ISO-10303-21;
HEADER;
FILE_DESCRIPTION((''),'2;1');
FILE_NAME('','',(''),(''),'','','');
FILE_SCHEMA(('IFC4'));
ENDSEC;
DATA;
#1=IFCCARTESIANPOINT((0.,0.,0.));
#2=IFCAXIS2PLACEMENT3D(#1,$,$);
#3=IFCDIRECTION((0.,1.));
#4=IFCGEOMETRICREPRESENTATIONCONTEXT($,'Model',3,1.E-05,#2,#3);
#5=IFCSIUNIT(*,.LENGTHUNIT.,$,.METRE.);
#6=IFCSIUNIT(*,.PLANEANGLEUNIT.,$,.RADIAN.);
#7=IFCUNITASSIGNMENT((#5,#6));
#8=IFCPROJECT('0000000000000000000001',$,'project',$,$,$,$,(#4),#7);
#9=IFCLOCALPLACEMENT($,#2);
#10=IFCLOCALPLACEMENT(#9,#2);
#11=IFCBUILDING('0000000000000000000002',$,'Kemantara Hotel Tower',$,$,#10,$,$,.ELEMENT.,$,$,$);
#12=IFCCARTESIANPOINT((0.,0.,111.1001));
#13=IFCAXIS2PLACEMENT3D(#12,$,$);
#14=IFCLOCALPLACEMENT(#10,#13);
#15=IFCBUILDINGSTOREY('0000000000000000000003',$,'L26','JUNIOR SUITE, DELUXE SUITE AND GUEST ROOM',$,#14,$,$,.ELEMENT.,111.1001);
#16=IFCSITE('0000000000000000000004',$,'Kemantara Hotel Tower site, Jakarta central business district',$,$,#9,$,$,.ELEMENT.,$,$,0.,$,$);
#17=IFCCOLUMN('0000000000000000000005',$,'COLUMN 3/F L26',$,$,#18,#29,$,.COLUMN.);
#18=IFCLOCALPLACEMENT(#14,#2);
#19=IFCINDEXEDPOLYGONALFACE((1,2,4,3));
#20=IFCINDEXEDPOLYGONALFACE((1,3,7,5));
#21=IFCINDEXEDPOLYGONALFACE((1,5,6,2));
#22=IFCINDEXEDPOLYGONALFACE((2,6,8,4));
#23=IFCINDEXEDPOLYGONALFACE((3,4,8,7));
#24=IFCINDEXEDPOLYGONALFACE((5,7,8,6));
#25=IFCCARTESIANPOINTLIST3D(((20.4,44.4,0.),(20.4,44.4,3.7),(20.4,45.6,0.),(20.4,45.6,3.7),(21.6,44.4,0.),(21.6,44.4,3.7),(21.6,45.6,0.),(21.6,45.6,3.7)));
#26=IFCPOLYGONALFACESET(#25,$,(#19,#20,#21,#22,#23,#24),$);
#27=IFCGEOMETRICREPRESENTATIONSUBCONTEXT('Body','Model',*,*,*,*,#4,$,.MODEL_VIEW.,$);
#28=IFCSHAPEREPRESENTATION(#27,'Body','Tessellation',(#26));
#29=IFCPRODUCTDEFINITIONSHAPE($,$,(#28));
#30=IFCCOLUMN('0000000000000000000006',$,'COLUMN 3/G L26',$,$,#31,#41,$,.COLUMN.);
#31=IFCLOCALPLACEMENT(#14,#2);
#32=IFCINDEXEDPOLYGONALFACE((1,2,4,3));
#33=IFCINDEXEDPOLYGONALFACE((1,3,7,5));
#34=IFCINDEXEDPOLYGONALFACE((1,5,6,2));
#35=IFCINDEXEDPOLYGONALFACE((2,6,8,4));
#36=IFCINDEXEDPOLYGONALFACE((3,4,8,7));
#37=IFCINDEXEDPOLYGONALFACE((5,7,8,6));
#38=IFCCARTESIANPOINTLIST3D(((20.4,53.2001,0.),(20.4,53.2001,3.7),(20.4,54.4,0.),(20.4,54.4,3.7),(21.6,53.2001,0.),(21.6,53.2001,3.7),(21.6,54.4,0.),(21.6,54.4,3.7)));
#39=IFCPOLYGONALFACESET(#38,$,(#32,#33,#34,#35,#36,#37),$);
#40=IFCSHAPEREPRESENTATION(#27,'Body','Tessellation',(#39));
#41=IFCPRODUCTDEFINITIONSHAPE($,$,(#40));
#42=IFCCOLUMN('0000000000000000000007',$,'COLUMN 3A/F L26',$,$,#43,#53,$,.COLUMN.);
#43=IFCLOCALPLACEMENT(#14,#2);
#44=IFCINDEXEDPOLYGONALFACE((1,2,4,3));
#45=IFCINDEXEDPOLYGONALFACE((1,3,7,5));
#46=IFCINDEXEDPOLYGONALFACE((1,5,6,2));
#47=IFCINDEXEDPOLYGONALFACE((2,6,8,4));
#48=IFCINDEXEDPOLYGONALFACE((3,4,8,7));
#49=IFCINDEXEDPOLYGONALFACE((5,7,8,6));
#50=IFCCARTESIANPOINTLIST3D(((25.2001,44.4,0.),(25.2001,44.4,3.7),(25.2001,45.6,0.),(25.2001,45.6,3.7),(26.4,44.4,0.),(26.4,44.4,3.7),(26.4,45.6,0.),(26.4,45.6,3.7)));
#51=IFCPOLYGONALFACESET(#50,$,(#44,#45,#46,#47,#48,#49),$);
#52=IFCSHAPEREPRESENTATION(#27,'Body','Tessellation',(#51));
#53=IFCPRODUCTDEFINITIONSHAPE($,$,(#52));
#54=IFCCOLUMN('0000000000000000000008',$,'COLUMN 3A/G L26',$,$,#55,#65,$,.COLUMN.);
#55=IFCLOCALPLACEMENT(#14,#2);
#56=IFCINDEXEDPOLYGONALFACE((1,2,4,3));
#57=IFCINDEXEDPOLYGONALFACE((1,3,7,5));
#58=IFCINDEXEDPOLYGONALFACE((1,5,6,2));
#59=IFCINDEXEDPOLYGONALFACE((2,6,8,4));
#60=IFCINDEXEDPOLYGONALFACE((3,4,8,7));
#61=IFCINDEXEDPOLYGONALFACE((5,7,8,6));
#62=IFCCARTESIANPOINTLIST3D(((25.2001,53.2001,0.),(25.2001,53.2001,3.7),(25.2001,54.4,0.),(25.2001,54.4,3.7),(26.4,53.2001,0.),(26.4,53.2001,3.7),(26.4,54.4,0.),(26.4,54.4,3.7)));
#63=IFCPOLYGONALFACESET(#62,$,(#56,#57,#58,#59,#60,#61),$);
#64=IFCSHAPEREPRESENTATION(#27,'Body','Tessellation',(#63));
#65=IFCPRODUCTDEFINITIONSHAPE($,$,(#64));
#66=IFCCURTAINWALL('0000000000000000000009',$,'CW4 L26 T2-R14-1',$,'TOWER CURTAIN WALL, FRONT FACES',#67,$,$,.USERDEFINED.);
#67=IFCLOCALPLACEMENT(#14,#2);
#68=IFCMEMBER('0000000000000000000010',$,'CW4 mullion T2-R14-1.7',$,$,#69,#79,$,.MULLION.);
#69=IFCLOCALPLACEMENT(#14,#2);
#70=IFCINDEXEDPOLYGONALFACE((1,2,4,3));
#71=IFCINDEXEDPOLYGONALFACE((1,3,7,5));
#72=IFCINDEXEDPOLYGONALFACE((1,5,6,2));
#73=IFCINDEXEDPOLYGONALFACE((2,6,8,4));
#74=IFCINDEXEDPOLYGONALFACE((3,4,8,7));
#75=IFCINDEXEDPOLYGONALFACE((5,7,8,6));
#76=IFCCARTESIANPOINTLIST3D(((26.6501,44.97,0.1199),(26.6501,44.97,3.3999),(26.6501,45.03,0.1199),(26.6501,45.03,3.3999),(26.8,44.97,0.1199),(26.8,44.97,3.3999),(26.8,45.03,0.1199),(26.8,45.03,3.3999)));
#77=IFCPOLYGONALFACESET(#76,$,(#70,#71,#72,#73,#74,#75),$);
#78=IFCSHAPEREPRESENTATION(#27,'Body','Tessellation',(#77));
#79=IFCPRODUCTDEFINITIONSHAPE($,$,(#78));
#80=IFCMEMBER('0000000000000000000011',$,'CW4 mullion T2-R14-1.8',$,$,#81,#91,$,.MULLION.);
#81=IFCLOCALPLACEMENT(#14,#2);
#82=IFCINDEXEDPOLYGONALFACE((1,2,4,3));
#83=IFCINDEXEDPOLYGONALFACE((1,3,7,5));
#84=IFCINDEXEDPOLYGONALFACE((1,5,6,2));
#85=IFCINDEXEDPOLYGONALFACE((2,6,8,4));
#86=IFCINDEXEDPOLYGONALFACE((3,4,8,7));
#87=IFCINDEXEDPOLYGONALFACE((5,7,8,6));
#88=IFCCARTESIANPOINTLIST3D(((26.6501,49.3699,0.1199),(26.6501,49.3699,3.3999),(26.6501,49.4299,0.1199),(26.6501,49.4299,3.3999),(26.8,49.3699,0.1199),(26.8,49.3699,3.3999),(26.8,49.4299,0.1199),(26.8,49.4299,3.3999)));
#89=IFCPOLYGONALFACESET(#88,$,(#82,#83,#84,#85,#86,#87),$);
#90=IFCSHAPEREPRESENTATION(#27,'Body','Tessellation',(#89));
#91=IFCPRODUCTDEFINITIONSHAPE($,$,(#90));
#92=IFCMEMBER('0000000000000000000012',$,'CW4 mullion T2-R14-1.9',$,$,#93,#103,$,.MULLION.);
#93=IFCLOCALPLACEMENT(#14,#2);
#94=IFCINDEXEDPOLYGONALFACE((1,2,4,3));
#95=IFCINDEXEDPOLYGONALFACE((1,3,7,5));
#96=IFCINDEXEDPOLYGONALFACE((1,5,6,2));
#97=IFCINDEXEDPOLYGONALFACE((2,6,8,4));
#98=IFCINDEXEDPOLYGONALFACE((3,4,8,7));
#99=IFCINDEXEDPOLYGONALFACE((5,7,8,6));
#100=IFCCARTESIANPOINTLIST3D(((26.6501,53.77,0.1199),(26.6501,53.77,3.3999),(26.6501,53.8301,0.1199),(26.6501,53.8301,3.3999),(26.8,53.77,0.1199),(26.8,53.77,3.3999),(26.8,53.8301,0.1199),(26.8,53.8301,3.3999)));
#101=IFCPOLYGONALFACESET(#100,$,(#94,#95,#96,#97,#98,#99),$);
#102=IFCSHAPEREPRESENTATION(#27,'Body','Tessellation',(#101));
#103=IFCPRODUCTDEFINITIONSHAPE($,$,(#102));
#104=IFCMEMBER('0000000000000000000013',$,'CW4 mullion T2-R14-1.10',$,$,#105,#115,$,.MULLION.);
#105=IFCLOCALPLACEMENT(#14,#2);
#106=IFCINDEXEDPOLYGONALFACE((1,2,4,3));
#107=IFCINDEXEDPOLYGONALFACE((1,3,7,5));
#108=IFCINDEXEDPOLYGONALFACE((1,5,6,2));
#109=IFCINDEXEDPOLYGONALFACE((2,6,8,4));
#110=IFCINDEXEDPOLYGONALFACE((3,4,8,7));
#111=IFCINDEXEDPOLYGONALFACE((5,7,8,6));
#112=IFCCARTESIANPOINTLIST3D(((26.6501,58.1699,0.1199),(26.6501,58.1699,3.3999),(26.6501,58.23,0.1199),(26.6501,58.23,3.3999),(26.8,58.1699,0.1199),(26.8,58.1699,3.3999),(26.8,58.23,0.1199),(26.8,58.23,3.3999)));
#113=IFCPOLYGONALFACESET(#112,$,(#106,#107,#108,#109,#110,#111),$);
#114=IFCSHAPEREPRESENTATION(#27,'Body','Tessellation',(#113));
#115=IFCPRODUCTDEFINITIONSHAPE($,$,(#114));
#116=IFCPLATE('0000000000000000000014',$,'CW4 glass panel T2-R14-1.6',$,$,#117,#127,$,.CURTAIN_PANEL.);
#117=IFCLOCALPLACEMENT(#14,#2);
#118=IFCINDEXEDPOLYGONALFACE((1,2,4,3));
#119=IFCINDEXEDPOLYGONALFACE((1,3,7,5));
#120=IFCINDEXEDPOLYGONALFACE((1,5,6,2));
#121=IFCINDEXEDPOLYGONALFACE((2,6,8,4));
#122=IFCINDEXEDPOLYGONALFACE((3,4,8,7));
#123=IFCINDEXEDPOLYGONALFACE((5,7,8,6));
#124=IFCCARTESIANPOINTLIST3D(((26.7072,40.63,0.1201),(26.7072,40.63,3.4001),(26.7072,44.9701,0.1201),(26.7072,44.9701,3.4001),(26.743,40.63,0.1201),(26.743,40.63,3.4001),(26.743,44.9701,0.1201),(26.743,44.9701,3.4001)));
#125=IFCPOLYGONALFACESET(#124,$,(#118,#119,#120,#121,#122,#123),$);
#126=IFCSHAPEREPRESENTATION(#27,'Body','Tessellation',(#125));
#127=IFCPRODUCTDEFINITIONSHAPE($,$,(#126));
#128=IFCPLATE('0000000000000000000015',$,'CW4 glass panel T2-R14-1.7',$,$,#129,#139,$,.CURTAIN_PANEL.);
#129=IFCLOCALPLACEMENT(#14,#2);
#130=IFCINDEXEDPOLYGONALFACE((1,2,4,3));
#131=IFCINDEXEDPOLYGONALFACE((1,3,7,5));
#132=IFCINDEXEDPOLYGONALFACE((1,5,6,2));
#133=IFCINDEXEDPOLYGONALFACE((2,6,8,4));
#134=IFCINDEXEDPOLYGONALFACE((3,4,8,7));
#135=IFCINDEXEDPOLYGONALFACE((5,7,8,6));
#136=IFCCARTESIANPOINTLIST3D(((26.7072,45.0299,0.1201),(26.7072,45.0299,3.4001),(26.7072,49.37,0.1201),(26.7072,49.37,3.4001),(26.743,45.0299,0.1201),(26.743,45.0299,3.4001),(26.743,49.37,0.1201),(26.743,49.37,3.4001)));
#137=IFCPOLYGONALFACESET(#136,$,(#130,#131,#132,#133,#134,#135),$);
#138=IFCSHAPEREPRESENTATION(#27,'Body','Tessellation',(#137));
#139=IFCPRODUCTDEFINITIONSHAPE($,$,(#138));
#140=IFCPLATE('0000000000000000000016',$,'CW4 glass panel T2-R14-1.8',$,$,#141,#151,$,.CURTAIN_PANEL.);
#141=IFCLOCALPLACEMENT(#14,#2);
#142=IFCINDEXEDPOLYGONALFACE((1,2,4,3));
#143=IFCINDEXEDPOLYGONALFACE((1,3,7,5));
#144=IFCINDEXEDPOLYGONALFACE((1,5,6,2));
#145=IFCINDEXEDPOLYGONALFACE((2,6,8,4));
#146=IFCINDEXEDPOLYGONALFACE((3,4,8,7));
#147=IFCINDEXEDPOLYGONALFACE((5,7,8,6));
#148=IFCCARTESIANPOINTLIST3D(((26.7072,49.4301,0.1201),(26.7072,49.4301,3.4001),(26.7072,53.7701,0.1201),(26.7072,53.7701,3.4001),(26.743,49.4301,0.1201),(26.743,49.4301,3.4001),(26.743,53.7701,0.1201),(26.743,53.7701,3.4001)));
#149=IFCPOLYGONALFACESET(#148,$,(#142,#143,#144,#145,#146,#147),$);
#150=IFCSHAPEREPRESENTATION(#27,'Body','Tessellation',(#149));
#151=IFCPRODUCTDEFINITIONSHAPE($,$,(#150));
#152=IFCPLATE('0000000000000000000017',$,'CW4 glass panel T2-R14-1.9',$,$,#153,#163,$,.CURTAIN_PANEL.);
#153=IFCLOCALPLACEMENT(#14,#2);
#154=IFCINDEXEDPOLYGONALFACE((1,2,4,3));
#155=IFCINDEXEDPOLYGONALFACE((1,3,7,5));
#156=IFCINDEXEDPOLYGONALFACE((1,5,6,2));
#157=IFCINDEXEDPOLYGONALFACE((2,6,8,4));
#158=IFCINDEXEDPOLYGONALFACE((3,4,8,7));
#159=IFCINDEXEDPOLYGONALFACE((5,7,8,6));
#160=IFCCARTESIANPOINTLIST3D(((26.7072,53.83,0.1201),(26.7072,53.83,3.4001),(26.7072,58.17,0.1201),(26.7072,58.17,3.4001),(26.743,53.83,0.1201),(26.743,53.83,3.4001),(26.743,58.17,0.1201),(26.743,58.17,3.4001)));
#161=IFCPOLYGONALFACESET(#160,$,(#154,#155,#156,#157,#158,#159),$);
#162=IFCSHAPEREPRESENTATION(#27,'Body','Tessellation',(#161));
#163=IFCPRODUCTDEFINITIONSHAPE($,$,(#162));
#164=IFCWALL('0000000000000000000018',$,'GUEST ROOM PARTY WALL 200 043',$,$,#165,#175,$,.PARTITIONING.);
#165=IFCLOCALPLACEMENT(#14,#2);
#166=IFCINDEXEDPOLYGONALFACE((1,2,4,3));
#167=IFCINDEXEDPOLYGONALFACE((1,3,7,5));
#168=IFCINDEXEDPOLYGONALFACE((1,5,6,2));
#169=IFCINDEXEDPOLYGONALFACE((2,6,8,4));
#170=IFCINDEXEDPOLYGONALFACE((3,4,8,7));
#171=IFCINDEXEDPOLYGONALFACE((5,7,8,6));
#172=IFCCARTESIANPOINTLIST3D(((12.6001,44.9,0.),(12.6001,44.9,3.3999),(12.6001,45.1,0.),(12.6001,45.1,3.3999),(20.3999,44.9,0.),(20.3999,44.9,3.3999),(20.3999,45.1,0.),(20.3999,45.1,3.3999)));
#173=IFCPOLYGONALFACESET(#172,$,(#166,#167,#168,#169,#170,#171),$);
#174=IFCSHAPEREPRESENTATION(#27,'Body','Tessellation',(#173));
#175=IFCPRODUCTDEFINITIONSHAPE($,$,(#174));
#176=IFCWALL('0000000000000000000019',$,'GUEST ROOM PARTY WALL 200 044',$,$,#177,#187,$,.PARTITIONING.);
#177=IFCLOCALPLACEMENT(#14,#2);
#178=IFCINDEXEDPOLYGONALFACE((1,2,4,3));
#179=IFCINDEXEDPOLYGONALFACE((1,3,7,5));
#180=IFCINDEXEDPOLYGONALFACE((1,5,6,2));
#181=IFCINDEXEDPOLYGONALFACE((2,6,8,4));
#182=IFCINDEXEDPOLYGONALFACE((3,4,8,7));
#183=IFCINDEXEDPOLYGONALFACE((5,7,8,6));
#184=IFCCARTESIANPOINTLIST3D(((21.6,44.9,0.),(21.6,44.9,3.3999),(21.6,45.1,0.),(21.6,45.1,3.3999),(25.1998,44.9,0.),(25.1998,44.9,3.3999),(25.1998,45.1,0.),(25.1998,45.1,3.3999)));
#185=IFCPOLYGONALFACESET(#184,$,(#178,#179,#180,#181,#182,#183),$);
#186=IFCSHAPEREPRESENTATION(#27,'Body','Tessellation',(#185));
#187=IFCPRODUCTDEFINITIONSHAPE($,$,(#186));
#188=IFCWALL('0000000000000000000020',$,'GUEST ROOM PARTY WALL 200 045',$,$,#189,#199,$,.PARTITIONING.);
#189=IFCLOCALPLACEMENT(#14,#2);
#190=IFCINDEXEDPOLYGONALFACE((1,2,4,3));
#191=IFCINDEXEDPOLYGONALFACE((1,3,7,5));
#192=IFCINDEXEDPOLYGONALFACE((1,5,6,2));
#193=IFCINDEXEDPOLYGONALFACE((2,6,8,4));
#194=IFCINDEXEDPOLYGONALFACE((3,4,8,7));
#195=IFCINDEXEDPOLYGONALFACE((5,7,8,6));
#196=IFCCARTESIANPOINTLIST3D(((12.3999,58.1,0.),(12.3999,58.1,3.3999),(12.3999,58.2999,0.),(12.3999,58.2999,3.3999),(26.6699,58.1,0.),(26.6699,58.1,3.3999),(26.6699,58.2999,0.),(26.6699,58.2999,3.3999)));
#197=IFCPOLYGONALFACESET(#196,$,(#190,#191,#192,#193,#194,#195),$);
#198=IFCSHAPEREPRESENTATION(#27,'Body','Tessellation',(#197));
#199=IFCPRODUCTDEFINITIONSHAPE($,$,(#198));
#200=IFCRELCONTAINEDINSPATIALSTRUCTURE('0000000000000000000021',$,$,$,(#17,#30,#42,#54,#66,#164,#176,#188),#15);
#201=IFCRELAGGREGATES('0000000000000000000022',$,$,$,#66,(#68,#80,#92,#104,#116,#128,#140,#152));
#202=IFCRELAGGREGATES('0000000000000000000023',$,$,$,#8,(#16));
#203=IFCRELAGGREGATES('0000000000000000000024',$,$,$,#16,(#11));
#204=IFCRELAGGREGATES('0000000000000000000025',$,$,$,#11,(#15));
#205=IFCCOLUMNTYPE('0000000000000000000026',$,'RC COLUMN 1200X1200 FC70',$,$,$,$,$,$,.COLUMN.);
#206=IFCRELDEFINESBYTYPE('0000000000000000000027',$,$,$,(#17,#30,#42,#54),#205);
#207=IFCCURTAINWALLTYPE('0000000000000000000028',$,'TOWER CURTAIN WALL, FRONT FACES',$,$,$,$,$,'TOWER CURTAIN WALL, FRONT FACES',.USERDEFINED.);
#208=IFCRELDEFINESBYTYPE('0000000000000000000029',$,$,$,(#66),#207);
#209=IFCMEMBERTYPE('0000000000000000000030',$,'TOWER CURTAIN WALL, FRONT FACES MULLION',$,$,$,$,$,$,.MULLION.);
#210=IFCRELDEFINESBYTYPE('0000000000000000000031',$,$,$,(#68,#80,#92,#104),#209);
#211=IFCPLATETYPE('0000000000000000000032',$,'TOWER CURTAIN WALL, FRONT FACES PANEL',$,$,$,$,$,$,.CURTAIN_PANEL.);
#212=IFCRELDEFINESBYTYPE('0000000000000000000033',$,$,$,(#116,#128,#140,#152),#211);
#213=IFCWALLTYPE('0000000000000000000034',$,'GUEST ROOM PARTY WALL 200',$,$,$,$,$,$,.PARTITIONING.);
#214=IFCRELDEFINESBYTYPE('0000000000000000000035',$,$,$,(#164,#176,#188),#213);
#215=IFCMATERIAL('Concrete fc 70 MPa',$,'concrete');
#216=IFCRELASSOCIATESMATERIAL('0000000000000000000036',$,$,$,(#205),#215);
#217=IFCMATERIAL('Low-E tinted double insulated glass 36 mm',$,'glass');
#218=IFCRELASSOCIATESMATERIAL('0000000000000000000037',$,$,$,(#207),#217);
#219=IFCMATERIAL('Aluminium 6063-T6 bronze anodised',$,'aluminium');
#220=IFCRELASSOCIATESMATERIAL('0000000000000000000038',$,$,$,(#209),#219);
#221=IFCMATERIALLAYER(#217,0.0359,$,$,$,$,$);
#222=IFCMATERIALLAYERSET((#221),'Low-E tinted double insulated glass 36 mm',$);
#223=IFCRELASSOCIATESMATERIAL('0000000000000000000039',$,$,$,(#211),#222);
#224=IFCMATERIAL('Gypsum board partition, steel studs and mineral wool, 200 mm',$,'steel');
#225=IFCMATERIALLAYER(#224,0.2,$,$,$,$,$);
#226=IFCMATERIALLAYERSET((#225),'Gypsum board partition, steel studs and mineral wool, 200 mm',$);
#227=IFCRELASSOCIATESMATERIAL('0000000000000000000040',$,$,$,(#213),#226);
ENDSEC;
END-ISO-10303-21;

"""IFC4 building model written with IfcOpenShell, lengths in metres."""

from ifc_helpers import new_model, si_unit, direction, frame, frame_2d, origin, origin_2d, place, context, subcontext, project, spatial, rectangle, extrude, source, transform, mapped, material, layer, layer_set, material_profile, profile_set, type_object, element, aggregate, save


model = new_model("IFC4")

# Units and contexts
model_context = context("Model", 3, precision=1e-05, world=origin(), true_north=direction((0.0, 1.0)))
body_context = subcontext(model_context, "Body", "Model", "MODEL_VIEW")
ifc_project = project(units=[si_unit("LENGTHUNIT", "METRE"), si_unit("PLANEANGLEUNIT", "RADIAN")], contexts=[model_context])

# Site, building, storey
site_placement = place(None, origin())
site = spatial("IfcSite", under=ifc_project, at=site_placement, Name="Kemantara Hotel Tower site, Jakarta central business district", CompositionType="ELEMENT", RefElevation=0.0)
building_placement = place(site_placement, origin())
building = spatial("IfcBuilding", under=site, at=building_placement, Name="Kemantara Hotel Tower", CompositionType="ELEMENT")
storey_placement = place(building_placement, frame((0.0, 0.0, 111.1001)))
storey = spatial("IfcBuildingStorey", under=building, at=storey_placement, Name="L26", Description="JUNIOR SUITE, DELUXE SUITE AND GUEST ROOM", CompositionType="ELEMENT", Elevation=111.1001)

# Columns
ifc_material_1 = material(Name="Concrete fc 70 MPa", Category="concrete")
ifc_material_profile_1 = material_profile(ifc_material_1, rectangle(XDim=1.2, YDim=1.2, at=origin_2d()), Name="RC 1200X1200")
ifc_profile_set_1 = profile_set([ifc_material_profile_1], Name="Concrete fc 70 MPa")
column_type = type_object("IfcColumnType", Name="RC COLUMN 1200X1200 FC70", PredefinedType="COLUMN", material=ifc_profile_set_1)
for number, where, z_axis, x_axis, name in (
    (1, (21.0, 45.0, 0.0), (0.0, 0.0, 1.0), (1.0, 0.0, 0.0), "COLUMN 3/F L26"),
    (2, (21.0, 53.8, 0.0), (0.0, 0.0, 1.0), (1.0, 0.0, 0.0), "COLUMN 3/G L26"),
    (3, (25.8, 45.0, 0.0), (0.0, 0.0, 1.0), (1.0, 0.0, 0.0), "COLUMN 3A/F L26"),
    (4, (25.8, 53.8, 0.0), (0.0, 0.0, 1.0), (1.0, 0.0, 0.0), "COLUMN 3A/G L26"),
):
    element("IfcColumn", number, at=place(storey_placement, frame(where, z_axis=z_axis, x_axis=x_axis)), inside=storey, type_object=column_type, Name=name, PredefinedType="COLUMN", context=body_context, shape_type="SweptSolid", body=[
        extrude(rectangle(XDim=1.2, YDim=1.2, at=origin_2d()), origin(), (0.0, 0.0, 1.0), 3.7),
    ])

# Curtain wall, members, plates
ifc_material_2 = material(Name="Low-E tinted double insulated glass 36 mm", Category="glass")
curtain_wall_type = type_object("IfcCurtainWallType", Name="TOWER CURTAIN WALL, FRONT FACES", ElementType="TOWER CURTAIN WALL, FRONT FACES", PredefinedType="USERDEFINED", material=ifc_material_2)
curtain_wall_placement = place(storey_placement, origin())
curtain_wall = element("IfcCurtainWall", 5, at=curtain_wall_placement, inside=storey, type_object=curtain_wall_type, Name="CW4 L26 T2-R14-1", ObjectType="TOWER CURTAIN WALL, FRONT FACES", PredefinedType="USERDEFINED")
ifc_material_3 = material(Name="Aluminium 6063-T6 bronze anodised", Category="aluminium")
ifc_material_profile_2 = material_profile(ifc_material_3, rectangle(XDim=0.1499, YDim=0.0601, at=origin_2d()), Name="TOWER CURTAIN WALL, FRONT FACES MULLION")
ifc_profile_set_2 = profile_set([ifc_material_profile_2], Name="Aluminium 6063-T6 bronze anodised")
member_type = type_object("IfcMemberType", Name="TOWER CURTAIN WALL, FRONT FACES MULLION", PredefinedType="MULLION", material=ifc_profile_set_2)
shared_shape_1 = source(origin(), body_context, "Body", "SweptSolid", [
    extrude(rectangle(XDim=0.1499, YDim=0.0601, at=origin_2d()), origin(), (0.0, 0.0, 1.0), 3.28),
])
member_1_placement = place(storey_placement, frame((26.7251, 45.0, 0.1199), z_axis=(0.0, 0.0, 1.0), x_axis=(-1.0, 0.0, 0.0)))
member_1 = element("IfcMember", 6, at=member_1_placement, type_object=member_type, Name="CW4 mullion T2-R14-1.7", PredefinedType="MULLION", context=body_context, shape_type="MappedRepresentation", body=[
    mapped(shared_shape_1, transform((0.0, 0.0, 0.0))),
])
member_2_placement = place(storey_placement, frame((26.7251, 49.3999, 0.1199), z_axis=(0.0, 0.0, 1.0), x_axis=(-1.0, 0.0, 0.0)))
member_2 = element("IfcMember", 7, at=member_2_placement, type_object=member_type, Name="CW4 mullion T2-R14-1.8", PredefinedType="MULLION", context=body_context, shape_type="MappedRepresentation", body=[
    mapped(shared_shape_1, transform((0.0, 0.0, 0.0))),
])
member_3_placement = place(storey_placement, frame((26.7251, 53.8, 0.1199), z_axis=(0.0, 0.0, 1.0), x_axis=(-1.0, 0.0, 0.0)))
member_3 = element("IfcMember", 8, at=member_3_placement, type_object=member_type, Name="CW4 mullion T2-R14-1.9", PredefinedType="MULLION", context=body_context, shape_type="MappedRepresentation", body=[
    mapped(shared_shape_1, transform((0.0, 0.0, 0.0))),
])
member_4_placement = place(storey_placement, frame((26.7251, 58.2, 0.1199), z_axis=(0.0, 0.0, 1.0), x_axis=(-1.0, 0.0, 0.0)))
member_4 = element("IfcMember", 9, at=member_4_placement, type_object=member_type, Name="CW4 mullion T2-R14-1.10", PredefinedType="MULLION", context=body_context, shape_type="MappedRepresentation", body=[
    mapped(shared_shape_1, transform((0.0, 0.0, 0.0))),
])
ifc_layer_1 = layer(ifc_material_2, 0.0359)
ifc_layer_set_1 = layer_set([ifc_layer_1], Name="Low-E tinted double insulated glass 36 mm")
plate_type = type_object("IfcPlateType", Name="TOWER CURTAIN WALL, FRONT FACES PANEL", PredefinedType="CURTAIN_PANEL", material=ifc_layer_set_1)
shared_shape_2 = source(origin(), body_context, "Body", "SweptSolid", [
    extrude(rectangle(XDim=4.3401, YDim=0.0359, at=origin_2d()), origin(), (0.0, 0.0, 1.0), 3.28),
])
plate_1_placement = place(storey_placement, frame((26.7251, 42.8, 0.1201), z_axis=(0.0, 0.0, 1.0), x_axis=(0.0, 1.0, 0.0)))
plate_1 = element("IfcPlate", 10, at=plate_1_placement, type_object=plate_type, Name="CW4 glass panel T2-R14-1.6", PredefinedType="CURTAIN_PANEL", context=body_context, shape_type="MappedRepresentation", body=[
    mapped(shared_shape_2, transform((0.0, 0.0, 0.0))),
])
plate_2_placement = place(storey_placement, frame((26.7251, 47.2, 0.1201), z_axis=(0.0, 0.0, 1.0), x_axis=(0.0, 1.0, 0.0)))
plate_2 = element("IfcPlate", 11, at=plate_2_placement, type_object=plate_type, Name="CW4 glass panel T2-R14-1.7", PredefinedType="CURTAIN_PANEL", context=body_context, shape_type="MappedRepresentation", body=[
    mapped(shared_shape_2, transform((0.0, 0.0, 0.0))),
])
plate_3_placement = place(storey_placement, frame((26.7251, 51.6001, 0.1201), z_axis=(0.0, 0.0, 1.0), x_axis=(0.0, 1.0, 0.0)))
plate_3 = element("IfcPlate", 12, at=plate_3_placement, type_object=plate_type, Name="CW4 glass panel T2-R14-1.8", PredefinedType="CURTAIN_PANEL", context=body_context, shape_type="MappedRepresentation", body=[
    mapped(shared_shape_2, transform((0.0, 0.0, 0.0))),
])
plate_4_placement = place(storey_placement, frame((26.7251, 56.0, 0.1201), z_axis=(0.0, 0.0, 1.0), x_axis=(0.0, 1.0, 0.0)))
plate_4 = element("IfcPlate", 13, at=plate_4_placement, type_object=plate_type, Name="CW4 glass panel T2-R14-1.9", PredefinedType="CURTAIN_PANEL", context=body_context, shape_type="MappedRepresentation", body=[
    mapped(shared_shape_2, transform((0.0, 0.0, 0.0))),
])
aggregate(curtain_wall, [member_1, member_2, member_3, member_4, plate_1, plate_2, plate_3, plate_4])

# Walls
ifc_material_4 = material(Name="Gypsum board partition, steel studs and mineral wool, 200 mm", Category="steel")
ifc_layer_2 = layer(ifc_material_4, 0.2)
ifc_layer_set_2 = layer_set([ifc_layer_2], Name="Gypsum board partition, steel studs and mineral wool, 200 mm")
wall_type_1 = type_object("IfcWallType", Name="GUEST ROOM PARTY WALL 200", PredefinedType="PARTITIONING", material=ifc_layer_set_2)
wall_1_placement = place(storey_placement, frame((12.6001, 45.0, 0.0), z_axis=(0.0, 0.0, 1.0), x_axis=(1.0, 0.0, 0.0)))
element("IfcWall", 14, at=wall_1_placement, inside=storey, type_object=wall_type_1, Name="GUEST ROOM PARTY WALL 200 043", PredefinedType="PARTITIONING", context=body_context, shape_type="SweptSolid", body=[
    extrude(rectangle(XDim=7.7998, YDim=0.2, at=frame_2d((3.8999, 0.0))), origin(), (0.0, 0.0, 1.0), 3.3999),
])
wall_2_placement = place(storey_placement, frame((21.6001, 45.0, 0.0), z_axis=(0.0, 0.0, 1.0), x_axis=(1.0, 0.0, 0.0)))
element("IfcWall", 15, at=wall_2_placement, inside=storey, type_object=wall_type_1, Name="GUEST ROOM PARTY WALL 200 044", PredefinedType="PARTITIONING", context=body_context, shape_type="SweptSolid", body=[
    extrude(rectangle(XDim=3.5999, YDim=0.2, at=frame_2d((1.7998, 0.0))), origin(), (0.0, 0.0, 1.0), 3.3999),
])
wall_3_placement = place(storey_placement, frame((12.3999, 58.2, 0.0), z_axis=(0.0, 0.0, 1.0), x_axis=(1.0, 0.0, 0.0)))
element("IfcWall", 16, at=wall_3_placement, inside=storey, type_object=wall_type_1, Name="GUEST ROOM PARTY WALL 200 045", PredefinedType="PARTITIONING", context=body_context, shape_type="SweptSolid", body=[
    extrude(rectangle(XDim=14.27, YDim=0.2, at=frame_2d((7.135, 0.0))), origin(), (0.0, 0.0, 1.0), 3.3999),
])

save(model, "model.ifc")
